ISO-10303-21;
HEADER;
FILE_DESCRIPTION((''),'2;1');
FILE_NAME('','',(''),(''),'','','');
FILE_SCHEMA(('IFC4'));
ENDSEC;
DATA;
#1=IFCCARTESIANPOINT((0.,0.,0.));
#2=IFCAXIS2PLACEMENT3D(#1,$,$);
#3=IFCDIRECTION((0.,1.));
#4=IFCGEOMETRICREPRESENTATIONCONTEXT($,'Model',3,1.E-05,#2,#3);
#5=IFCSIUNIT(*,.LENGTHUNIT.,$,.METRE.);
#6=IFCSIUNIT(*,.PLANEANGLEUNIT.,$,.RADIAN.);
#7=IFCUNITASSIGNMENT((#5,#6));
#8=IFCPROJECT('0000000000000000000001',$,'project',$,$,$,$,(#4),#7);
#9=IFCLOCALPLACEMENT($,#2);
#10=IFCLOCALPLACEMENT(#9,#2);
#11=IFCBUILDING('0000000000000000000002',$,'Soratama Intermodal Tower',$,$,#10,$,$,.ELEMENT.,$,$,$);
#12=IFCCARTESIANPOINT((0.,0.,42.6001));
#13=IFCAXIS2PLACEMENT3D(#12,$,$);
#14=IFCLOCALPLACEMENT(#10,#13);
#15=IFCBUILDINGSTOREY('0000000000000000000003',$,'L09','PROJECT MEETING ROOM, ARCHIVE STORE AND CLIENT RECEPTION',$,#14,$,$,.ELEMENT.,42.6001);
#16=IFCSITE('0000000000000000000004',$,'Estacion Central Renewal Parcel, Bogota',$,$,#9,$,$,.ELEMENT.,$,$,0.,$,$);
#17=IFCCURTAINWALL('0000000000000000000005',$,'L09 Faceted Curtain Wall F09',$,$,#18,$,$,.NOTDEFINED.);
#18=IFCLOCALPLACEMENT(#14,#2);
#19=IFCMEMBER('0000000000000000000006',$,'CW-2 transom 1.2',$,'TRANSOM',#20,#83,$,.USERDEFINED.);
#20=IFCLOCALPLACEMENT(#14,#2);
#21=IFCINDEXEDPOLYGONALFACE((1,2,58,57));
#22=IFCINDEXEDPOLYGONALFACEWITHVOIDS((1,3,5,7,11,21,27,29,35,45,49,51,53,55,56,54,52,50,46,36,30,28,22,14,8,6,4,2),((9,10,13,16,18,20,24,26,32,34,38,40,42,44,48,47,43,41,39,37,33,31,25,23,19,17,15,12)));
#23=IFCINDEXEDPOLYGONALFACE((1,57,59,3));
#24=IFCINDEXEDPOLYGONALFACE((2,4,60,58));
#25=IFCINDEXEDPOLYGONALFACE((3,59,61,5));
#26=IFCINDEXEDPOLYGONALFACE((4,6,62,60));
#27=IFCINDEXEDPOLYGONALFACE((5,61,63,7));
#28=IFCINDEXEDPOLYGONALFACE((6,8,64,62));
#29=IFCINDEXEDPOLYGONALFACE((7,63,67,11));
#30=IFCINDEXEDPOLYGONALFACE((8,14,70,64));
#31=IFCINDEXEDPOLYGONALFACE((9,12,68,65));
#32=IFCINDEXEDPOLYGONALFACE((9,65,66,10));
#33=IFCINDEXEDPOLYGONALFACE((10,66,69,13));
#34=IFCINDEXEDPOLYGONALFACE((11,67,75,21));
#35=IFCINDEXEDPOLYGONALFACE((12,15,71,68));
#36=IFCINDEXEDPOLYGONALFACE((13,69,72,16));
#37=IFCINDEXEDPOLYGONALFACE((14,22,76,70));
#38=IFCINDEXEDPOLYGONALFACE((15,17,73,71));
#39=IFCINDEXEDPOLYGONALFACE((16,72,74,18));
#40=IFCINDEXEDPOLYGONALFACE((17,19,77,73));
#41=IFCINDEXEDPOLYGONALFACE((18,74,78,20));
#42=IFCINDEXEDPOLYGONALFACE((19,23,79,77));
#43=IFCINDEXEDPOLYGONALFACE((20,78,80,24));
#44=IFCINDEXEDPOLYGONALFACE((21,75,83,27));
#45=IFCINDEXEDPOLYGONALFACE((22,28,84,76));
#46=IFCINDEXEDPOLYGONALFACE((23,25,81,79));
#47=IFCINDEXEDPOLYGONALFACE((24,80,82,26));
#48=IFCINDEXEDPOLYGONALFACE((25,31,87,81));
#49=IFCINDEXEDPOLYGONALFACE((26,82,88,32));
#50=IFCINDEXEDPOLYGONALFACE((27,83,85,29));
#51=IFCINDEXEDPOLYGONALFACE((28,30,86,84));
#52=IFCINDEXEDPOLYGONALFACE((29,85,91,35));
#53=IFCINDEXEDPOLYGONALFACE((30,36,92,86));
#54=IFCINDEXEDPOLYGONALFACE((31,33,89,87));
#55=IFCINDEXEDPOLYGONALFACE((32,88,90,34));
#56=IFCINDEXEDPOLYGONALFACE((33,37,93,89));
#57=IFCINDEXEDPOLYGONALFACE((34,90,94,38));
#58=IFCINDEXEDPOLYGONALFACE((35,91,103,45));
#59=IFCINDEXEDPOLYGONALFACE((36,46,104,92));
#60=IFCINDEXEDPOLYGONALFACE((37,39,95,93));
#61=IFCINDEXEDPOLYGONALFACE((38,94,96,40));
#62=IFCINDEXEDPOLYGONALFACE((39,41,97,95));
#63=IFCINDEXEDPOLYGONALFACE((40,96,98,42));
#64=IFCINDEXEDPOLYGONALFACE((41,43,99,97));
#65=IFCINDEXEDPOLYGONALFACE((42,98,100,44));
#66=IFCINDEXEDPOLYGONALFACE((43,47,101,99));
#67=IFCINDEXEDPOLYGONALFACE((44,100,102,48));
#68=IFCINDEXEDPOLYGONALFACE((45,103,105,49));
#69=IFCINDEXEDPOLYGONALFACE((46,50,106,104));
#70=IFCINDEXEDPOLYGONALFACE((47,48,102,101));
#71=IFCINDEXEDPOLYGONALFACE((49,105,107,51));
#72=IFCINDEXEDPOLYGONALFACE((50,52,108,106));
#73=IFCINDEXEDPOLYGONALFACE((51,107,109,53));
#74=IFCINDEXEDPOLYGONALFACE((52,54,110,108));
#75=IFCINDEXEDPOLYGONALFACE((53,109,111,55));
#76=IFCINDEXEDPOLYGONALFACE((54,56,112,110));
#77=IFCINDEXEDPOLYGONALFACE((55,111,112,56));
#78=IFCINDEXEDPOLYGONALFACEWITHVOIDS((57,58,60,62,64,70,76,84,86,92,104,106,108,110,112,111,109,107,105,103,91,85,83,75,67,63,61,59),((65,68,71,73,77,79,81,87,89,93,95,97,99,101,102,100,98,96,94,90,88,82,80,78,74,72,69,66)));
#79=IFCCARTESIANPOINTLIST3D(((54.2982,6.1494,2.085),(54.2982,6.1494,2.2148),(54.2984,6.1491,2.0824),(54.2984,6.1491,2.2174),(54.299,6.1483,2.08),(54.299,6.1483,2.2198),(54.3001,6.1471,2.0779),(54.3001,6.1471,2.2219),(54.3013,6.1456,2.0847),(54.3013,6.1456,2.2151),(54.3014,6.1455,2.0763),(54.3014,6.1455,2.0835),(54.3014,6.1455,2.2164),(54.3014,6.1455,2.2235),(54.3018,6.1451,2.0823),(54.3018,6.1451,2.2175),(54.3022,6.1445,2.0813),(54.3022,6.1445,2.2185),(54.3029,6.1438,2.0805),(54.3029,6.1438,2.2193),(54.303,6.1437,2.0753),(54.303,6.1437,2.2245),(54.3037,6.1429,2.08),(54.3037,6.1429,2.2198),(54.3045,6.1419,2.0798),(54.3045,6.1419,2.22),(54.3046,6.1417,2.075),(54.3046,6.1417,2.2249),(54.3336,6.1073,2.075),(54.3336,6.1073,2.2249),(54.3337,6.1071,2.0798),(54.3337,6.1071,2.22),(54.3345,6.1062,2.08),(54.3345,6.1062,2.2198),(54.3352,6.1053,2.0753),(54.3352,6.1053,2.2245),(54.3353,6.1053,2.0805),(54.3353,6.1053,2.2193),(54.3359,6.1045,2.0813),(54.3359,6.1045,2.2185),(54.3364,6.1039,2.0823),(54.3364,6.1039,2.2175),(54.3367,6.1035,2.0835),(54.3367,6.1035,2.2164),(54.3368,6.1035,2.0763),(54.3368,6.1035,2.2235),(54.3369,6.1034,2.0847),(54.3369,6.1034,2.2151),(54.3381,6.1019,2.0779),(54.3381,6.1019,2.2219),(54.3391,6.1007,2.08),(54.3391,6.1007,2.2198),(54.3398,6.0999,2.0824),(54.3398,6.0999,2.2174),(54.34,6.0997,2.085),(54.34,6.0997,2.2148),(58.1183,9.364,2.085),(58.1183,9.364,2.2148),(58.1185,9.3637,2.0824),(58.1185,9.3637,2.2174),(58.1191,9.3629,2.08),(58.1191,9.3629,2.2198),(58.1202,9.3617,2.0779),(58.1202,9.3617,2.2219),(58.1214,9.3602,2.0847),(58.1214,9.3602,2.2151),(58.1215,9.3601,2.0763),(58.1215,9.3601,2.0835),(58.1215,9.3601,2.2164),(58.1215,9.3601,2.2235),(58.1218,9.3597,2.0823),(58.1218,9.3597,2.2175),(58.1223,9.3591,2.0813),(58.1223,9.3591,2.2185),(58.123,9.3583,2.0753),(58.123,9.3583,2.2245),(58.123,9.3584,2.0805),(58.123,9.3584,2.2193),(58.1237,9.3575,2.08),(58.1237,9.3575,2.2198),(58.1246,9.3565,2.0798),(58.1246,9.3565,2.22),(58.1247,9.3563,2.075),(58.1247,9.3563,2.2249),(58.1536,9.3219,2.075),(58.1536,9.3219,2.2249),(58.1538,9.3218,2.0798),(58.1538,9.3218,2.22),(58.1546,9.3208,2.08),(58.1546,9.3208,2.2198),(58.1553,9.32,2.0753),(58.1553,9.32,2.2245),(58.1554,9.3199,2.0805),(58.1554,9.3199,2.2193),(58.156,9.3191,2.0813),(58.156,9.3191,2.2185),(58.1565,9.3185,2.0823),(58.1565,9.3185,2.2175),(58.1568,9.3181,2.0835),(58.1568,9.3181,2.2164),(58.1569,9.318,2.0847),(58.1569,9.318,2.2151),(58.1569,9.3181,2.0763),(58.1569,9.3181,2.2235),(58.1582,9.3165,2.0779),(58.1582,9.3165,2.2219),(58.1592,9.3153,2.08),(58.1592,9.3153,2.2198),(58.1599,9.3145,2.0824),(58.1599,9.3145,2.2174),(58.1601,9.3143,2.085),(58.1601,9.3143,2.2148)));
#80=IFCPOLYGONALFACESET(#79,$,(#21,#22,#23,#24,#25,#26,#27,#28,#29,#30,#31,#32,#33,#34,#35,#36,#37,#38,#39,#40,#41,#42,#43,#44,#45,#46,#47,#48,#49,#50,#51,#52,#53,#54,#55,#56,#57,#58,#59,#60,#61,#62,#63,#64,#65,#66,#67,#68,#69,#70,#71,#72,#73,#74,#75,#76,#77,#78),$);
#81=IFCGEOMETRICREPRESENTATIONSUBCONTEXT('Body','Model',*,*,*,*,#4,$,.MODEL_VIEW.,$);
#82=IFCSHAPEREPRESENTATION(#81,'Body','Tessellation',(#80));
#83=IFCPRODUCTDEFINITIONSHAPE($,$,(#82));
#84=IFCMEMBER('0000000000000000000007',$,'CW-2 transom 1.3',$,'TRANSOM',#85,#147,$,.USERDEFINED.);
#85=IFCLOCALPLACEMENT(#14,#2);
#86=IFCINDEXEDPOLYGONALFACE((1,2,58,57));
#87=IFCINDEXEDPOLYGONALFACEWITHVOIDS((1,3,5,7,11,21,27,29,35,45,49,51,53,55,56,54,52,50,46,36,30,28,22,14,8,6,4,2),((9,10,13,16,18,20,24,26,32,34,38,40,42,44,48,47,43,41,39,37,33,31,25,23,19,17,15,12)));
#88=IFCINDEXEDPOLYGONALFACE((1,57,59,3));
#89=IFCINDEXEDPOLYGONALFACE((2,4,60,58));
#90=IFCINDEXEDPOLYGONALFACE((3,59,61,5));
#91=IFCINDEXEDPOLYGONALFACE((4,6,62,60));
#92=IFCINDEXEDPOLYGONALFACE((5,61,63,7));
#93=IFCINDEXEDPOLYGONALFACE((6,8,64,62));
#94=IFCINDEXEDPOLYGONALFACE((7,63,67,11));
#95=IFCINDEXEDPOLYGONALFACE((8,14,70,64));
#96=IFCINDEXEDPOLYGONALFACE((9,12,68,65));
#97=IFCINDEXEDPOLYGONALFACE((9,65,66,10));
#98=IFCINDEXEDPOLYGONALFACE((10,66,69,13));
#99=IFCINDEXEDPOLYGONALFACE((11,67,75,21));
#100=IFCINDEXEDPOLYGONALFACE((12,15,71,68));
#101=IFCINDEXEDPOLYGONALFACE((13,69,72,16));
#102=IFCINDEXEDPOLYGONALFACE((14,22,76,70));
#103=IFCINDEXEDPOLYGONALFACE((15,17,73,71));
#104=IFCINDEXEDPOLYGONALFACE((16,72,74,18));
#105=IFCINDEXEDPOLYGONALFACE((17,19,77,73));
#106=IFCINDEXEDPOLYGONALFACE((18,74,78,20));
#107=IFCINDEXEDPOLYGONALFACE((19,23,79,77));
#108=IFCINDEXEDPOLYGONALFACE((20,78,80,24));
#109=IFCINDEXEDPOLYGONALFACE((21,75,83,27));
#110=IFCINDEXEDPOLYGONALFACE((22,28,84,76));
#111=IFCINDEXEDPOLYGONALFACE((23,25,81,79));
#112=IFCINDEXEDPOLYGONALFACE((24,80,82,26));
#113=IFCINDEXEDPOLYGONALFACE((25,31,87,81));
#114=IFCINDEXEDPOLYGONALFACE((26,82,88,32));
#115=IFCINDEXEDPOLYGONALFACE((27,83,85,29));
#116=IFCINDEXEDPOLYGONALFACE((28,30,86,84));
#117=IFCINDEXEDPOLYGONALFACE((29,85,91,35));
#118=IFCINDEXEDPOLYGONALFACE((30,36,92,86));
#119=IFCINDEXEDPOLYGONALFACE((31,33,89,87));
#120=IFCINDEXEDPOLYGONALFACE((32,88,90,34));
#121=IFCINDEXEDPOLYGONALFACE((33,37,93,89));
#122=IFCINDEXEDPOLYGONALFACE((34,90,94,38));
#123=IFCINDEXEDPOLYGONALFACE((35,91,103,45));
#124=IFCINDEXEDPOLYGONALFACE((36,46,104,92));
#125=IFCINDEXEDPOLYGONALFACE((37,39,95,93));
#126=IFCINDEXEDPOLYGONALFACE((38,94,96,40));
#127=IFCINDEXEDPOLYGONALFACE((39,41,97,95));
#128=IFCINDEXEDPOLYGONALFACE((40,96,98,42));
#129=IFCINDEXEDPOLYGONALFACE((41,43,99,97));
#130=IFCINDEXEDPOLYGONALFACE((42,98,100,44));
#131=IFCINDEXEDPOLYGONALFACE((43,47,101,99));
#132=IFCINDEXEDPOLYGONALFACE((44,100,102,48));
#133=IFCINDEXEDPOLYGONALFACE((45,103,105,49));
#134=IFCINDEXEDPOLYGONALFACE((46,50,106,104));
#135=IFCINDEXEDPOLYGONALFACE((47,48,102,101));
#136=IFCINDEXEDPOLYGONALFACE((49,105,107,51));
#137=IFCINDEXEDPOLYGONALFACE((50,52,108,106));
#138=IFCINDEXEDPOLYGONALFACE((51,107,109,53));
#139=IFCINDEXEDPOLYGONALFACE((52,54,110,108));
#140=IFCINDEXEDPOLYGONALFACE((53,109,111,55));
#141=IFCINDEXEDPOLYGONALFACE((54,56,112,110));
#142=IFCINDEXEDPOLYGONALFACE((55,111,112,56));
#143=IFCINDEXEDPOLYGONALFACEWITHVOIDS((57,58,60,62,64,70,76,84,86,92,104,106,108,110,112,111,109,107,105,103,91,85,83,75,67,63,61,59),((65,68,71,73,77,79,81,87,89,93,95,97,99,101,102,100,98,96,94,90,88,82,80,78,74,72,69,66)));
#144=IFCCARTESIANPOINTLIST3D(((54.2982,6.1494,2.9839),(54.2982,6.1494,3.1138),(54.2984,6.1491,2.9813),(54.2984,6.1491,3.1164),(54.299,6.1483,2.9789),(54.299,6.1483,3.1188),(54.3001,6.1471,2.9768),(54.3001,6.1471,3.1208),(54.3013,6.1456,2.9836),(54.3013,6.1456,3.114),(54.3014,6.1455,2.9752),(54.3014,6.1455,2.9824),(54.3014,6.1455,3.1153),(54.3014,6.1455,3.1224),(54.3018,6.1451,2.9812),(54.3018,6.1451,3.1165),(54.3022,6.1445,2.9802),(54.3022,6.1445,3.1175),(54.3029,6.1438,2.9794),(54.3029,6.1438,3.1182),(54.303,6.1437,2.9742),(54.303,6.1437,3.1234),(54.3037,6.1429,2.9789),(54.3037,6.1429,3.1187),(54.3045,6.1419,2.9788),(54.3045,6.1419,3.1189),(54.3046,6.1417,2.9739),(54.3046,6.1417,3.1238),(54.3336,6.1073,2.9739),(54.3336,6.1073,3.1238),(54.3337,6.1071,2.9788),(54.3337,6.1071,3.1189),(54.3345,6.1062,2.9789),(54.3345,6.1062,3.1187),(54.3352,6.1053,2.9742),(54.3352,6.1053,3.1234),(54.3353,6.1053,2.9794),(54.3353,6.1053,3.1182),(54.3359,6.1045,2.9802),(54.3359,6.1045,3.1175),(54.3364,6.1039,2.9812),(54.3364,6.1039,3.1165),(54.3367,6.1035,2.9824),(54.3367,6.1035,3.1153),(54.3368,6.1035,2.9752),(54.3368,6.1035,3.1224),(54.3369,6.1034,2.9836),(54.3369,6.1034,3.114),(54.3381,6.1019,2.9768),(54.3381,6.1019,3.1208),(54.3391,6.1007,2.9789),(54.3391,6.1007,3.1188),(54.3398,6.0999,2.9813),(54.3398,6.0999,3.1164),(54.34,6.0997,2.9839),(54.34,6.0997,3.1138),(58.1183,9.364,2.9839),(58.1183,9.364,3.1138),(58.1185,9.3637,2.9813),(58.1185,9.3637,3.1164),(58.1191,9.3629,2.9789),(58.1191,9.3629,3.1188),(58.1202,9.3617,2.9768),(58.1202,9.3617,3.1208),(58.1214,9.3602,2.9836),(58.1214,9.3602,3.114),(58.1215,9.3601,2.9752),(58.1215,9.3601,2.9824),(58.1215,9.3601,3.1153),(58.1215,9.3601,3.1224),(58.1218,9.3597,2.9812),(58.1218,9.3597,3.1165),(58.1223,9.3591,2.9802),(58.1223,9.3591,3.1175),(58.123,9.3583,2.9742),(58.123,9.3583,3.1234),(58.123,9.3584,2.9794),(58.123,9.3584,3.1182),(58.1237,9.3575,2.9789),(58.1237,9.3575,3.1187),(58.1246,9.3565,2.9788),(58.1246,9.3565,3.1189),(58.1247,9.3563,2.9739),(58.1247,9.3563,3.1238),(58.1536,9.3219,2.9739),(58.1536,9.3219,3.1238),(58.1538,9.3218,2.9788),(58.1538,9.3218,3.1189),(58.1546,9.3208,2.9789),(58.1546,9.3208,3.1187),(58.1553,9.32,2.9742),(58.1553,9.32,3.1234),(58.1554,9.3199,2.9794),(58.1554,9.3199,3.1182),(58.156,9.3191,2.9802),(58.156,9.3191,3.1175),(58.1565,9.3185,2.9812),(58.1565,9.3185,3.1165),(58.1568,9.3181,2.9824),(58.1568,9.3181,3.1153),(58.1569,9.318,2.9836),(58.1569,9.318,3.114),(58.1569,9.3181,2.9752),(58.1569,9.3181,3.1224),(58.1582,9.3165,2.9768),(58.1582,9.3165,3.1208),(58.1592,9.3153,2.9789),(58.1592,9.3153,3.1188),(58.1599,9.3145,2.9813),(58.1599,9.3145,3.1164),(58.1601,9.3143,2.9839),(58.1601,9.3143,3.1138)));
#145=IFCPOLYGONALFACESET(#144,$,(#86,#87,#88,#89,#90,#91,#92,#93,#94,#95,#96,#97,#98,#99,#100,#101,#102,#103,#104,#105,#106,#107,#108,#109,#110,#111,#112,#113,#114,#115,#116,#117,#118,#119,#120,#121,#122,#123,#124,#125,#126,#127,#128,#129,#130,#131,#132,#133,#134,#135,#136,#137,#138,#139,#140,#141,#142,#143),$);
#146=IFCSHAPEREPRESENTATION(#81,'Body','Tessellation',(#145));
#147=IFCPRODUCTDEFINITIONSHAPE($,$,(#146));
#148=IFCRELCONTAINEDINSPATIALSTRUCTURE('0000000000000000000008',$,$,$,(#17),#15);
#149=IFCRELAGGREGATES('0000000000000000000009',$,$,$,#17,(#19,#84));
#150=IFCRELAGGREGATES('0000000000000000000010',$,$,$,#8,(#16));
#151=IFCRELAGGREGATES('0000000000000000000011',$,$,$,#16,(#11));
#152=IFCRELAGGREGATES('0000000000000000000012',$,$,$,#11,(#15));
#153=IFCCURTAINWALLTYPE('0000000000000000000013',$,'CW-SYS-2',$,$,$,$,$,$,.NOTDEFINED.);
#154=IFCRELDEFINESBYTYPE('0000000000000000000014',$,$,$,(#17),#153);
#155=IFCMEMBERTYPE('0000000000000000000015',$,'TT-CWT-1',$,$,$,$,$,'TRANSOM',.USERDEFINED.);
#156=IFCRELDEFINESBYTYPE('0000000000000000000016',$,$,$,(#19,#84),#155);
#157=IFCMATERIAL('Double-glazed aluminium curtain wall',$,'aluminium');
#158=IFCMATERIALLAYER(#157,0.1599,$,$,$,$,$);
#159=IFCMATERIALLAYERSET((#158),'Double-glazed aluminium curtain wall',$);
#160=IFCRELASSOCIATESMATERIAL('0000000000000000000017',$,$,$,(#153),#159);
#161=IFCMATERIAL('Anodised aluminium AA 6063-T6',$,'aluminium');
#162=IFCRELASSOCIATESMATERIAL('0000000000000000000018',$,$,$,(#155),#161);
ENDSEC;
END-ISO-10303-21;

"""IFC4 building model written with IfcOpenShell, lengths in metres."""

from ifc_helpers import new_model, si_unit, direction, frame, origin, origin_2d, place, context, subcontext, project, spatial, hollow_rectangle, extrude, material, layer, layer_set, material_profile, profile_set, type_object, element, aggregate, save


model = new_model("IFC4")

# Units and contexts
model_context = context("Model", 3, precision=1e-05, world=origin(), true_north=direction((0.0, 1.0)))
body_context = subcontext(model_context, "Body", "Model", "MODEL_VIEW")
ifc_project = project(units=[si_unit("LENGTHUNIT", "METRE"), si_unit("PLANEANGLEUNIT", "RADIAN")], contexts=[model_context])

# Site, building, storey
site_placement = place(None, origin())
site = spatial("IfcSite", under=ifc_project, at=site_placement, Name="Estacion Central Renewal Parcel, Bogota", CompositionType="ELEMENT", RefElevation=0.0)
building_placement = place(site_placement, origin())
building = spatial("IfcBuilding", under=site, at=building_placement, Name="Soratama Intermodal Tower", CompositionType="ELEMENT")
storey_placement = place(building_placement, frame((0.0, 0.0, 42.6001)))
storey = spatial("IfcBuildingStorey", under=building, at=storey_placement, Name="L09", Description="PROJECT MEETING ROOM, ARCHIVE STORE AND CLIENT RECEPTION", CompositionType="ELEMENT", Elevation=42.6001)

# Shared definitions
ifc_material_1 = material(Name="Double-glazed aluminium curtain wall", Category="aluminium")
ifc_layer_1 = layer(ifc_material_1, 0.1599)
ifc_layer_set_1 = layer_set([ifc_layer_1], Name="Double-glazed aluminium curtain wall")
curtain_wall_type = type_object("IfcCurtainWallType", Name="CW-SYS-2", PredefinedType="NOTDEFINED", material=ifc_layer_set_1)

# Curtain wall, members
curtain_wall_1_placement = place(storey_placement, origin())
curtain_wall_1 = element("IfcCurtainWall", 1, at=curtain_wall_1_placement, inside=storey, type_object=curtain_wall_type, Name="L09 Faceted Curtain Wall F09", PredefinedType="NOTDEFINED")
ifc_material_2 = material(Name="Anodised aluminium AA 6063-T6", Category="aluminium")
ifc_material_profile_1 = material_profile(ifc_material_2, hollow_rectangle(XDim=0.0649, YDim=0.1499, WallThickness=0.0049, InnerFilletRadius=0.0049, OuterFilletRadius=0.01, at=origin_2d()), Name="CWT150X65X5")
ifc_profile_set_1 = profile_set([ifc_material_profile_1], Name="Anodised aluminium AA 6063-T6")
member_type_1 = type_object("IfcMemberType", Name="TT-CWT-1", ElementType="TRANSOM", PredefinedType="USERDEFINED", material=ifc_profile_set_1)
member_1_placement = place(storey_placement, frame((54.3191, 6.1245, 2.1499), z_axis=(0.765138, 0.643866, 0.0), x_axis=(-0.643866, 0.765138, 0.0)))
member_1 = element("IfcMember", 2, at=member_1_placement, type_object=member_type_1, Name="CW-2 transom 1.2", ObjectType="TRANSOM", PredefinedType="USERDEFINED", context=body_context, shape_type="SweptSolid", body=[
    extrude(hollow_rectangle(XDim=0.0649, YDim=0.1499, WallThickness=0.0049, InnerFilletRadius=0.0049, OuterFilletRadius=0.01, at=origin_2d()), origin(), (0.0, 0.0, 1.0), 4.9927),
])
member_2_placement = place(storey_placement, frame((54.3191, 6.1245, 3.0488), z_axis=(0.765138, 0.643866, 0.0), x_axis=(-0.643866, 0.765138, 0.0)))
member_2 = element("IfcMember", 3, at=member_2_placement, type_object=member_type_1, Name="CW-2 transom 1.3", ObjectType="TRANSOM", PredefinedType="USERDEFINED", context=body_context, shape_type="SweptSolid", body=[
    extrude(hollow_rectangle(XDim=0.0649, YDim=0.1499, WallThickness=0.0049, InnerFilletRadius=0.0049, OuterFilletRadius=0.01, at=origin_2d()), origin(), (0.0, 0.0, 1.0), 4.9927),
])

aggregate(curtain_wall_1, [member_1, member_2])

save(model, "model.ifc")
